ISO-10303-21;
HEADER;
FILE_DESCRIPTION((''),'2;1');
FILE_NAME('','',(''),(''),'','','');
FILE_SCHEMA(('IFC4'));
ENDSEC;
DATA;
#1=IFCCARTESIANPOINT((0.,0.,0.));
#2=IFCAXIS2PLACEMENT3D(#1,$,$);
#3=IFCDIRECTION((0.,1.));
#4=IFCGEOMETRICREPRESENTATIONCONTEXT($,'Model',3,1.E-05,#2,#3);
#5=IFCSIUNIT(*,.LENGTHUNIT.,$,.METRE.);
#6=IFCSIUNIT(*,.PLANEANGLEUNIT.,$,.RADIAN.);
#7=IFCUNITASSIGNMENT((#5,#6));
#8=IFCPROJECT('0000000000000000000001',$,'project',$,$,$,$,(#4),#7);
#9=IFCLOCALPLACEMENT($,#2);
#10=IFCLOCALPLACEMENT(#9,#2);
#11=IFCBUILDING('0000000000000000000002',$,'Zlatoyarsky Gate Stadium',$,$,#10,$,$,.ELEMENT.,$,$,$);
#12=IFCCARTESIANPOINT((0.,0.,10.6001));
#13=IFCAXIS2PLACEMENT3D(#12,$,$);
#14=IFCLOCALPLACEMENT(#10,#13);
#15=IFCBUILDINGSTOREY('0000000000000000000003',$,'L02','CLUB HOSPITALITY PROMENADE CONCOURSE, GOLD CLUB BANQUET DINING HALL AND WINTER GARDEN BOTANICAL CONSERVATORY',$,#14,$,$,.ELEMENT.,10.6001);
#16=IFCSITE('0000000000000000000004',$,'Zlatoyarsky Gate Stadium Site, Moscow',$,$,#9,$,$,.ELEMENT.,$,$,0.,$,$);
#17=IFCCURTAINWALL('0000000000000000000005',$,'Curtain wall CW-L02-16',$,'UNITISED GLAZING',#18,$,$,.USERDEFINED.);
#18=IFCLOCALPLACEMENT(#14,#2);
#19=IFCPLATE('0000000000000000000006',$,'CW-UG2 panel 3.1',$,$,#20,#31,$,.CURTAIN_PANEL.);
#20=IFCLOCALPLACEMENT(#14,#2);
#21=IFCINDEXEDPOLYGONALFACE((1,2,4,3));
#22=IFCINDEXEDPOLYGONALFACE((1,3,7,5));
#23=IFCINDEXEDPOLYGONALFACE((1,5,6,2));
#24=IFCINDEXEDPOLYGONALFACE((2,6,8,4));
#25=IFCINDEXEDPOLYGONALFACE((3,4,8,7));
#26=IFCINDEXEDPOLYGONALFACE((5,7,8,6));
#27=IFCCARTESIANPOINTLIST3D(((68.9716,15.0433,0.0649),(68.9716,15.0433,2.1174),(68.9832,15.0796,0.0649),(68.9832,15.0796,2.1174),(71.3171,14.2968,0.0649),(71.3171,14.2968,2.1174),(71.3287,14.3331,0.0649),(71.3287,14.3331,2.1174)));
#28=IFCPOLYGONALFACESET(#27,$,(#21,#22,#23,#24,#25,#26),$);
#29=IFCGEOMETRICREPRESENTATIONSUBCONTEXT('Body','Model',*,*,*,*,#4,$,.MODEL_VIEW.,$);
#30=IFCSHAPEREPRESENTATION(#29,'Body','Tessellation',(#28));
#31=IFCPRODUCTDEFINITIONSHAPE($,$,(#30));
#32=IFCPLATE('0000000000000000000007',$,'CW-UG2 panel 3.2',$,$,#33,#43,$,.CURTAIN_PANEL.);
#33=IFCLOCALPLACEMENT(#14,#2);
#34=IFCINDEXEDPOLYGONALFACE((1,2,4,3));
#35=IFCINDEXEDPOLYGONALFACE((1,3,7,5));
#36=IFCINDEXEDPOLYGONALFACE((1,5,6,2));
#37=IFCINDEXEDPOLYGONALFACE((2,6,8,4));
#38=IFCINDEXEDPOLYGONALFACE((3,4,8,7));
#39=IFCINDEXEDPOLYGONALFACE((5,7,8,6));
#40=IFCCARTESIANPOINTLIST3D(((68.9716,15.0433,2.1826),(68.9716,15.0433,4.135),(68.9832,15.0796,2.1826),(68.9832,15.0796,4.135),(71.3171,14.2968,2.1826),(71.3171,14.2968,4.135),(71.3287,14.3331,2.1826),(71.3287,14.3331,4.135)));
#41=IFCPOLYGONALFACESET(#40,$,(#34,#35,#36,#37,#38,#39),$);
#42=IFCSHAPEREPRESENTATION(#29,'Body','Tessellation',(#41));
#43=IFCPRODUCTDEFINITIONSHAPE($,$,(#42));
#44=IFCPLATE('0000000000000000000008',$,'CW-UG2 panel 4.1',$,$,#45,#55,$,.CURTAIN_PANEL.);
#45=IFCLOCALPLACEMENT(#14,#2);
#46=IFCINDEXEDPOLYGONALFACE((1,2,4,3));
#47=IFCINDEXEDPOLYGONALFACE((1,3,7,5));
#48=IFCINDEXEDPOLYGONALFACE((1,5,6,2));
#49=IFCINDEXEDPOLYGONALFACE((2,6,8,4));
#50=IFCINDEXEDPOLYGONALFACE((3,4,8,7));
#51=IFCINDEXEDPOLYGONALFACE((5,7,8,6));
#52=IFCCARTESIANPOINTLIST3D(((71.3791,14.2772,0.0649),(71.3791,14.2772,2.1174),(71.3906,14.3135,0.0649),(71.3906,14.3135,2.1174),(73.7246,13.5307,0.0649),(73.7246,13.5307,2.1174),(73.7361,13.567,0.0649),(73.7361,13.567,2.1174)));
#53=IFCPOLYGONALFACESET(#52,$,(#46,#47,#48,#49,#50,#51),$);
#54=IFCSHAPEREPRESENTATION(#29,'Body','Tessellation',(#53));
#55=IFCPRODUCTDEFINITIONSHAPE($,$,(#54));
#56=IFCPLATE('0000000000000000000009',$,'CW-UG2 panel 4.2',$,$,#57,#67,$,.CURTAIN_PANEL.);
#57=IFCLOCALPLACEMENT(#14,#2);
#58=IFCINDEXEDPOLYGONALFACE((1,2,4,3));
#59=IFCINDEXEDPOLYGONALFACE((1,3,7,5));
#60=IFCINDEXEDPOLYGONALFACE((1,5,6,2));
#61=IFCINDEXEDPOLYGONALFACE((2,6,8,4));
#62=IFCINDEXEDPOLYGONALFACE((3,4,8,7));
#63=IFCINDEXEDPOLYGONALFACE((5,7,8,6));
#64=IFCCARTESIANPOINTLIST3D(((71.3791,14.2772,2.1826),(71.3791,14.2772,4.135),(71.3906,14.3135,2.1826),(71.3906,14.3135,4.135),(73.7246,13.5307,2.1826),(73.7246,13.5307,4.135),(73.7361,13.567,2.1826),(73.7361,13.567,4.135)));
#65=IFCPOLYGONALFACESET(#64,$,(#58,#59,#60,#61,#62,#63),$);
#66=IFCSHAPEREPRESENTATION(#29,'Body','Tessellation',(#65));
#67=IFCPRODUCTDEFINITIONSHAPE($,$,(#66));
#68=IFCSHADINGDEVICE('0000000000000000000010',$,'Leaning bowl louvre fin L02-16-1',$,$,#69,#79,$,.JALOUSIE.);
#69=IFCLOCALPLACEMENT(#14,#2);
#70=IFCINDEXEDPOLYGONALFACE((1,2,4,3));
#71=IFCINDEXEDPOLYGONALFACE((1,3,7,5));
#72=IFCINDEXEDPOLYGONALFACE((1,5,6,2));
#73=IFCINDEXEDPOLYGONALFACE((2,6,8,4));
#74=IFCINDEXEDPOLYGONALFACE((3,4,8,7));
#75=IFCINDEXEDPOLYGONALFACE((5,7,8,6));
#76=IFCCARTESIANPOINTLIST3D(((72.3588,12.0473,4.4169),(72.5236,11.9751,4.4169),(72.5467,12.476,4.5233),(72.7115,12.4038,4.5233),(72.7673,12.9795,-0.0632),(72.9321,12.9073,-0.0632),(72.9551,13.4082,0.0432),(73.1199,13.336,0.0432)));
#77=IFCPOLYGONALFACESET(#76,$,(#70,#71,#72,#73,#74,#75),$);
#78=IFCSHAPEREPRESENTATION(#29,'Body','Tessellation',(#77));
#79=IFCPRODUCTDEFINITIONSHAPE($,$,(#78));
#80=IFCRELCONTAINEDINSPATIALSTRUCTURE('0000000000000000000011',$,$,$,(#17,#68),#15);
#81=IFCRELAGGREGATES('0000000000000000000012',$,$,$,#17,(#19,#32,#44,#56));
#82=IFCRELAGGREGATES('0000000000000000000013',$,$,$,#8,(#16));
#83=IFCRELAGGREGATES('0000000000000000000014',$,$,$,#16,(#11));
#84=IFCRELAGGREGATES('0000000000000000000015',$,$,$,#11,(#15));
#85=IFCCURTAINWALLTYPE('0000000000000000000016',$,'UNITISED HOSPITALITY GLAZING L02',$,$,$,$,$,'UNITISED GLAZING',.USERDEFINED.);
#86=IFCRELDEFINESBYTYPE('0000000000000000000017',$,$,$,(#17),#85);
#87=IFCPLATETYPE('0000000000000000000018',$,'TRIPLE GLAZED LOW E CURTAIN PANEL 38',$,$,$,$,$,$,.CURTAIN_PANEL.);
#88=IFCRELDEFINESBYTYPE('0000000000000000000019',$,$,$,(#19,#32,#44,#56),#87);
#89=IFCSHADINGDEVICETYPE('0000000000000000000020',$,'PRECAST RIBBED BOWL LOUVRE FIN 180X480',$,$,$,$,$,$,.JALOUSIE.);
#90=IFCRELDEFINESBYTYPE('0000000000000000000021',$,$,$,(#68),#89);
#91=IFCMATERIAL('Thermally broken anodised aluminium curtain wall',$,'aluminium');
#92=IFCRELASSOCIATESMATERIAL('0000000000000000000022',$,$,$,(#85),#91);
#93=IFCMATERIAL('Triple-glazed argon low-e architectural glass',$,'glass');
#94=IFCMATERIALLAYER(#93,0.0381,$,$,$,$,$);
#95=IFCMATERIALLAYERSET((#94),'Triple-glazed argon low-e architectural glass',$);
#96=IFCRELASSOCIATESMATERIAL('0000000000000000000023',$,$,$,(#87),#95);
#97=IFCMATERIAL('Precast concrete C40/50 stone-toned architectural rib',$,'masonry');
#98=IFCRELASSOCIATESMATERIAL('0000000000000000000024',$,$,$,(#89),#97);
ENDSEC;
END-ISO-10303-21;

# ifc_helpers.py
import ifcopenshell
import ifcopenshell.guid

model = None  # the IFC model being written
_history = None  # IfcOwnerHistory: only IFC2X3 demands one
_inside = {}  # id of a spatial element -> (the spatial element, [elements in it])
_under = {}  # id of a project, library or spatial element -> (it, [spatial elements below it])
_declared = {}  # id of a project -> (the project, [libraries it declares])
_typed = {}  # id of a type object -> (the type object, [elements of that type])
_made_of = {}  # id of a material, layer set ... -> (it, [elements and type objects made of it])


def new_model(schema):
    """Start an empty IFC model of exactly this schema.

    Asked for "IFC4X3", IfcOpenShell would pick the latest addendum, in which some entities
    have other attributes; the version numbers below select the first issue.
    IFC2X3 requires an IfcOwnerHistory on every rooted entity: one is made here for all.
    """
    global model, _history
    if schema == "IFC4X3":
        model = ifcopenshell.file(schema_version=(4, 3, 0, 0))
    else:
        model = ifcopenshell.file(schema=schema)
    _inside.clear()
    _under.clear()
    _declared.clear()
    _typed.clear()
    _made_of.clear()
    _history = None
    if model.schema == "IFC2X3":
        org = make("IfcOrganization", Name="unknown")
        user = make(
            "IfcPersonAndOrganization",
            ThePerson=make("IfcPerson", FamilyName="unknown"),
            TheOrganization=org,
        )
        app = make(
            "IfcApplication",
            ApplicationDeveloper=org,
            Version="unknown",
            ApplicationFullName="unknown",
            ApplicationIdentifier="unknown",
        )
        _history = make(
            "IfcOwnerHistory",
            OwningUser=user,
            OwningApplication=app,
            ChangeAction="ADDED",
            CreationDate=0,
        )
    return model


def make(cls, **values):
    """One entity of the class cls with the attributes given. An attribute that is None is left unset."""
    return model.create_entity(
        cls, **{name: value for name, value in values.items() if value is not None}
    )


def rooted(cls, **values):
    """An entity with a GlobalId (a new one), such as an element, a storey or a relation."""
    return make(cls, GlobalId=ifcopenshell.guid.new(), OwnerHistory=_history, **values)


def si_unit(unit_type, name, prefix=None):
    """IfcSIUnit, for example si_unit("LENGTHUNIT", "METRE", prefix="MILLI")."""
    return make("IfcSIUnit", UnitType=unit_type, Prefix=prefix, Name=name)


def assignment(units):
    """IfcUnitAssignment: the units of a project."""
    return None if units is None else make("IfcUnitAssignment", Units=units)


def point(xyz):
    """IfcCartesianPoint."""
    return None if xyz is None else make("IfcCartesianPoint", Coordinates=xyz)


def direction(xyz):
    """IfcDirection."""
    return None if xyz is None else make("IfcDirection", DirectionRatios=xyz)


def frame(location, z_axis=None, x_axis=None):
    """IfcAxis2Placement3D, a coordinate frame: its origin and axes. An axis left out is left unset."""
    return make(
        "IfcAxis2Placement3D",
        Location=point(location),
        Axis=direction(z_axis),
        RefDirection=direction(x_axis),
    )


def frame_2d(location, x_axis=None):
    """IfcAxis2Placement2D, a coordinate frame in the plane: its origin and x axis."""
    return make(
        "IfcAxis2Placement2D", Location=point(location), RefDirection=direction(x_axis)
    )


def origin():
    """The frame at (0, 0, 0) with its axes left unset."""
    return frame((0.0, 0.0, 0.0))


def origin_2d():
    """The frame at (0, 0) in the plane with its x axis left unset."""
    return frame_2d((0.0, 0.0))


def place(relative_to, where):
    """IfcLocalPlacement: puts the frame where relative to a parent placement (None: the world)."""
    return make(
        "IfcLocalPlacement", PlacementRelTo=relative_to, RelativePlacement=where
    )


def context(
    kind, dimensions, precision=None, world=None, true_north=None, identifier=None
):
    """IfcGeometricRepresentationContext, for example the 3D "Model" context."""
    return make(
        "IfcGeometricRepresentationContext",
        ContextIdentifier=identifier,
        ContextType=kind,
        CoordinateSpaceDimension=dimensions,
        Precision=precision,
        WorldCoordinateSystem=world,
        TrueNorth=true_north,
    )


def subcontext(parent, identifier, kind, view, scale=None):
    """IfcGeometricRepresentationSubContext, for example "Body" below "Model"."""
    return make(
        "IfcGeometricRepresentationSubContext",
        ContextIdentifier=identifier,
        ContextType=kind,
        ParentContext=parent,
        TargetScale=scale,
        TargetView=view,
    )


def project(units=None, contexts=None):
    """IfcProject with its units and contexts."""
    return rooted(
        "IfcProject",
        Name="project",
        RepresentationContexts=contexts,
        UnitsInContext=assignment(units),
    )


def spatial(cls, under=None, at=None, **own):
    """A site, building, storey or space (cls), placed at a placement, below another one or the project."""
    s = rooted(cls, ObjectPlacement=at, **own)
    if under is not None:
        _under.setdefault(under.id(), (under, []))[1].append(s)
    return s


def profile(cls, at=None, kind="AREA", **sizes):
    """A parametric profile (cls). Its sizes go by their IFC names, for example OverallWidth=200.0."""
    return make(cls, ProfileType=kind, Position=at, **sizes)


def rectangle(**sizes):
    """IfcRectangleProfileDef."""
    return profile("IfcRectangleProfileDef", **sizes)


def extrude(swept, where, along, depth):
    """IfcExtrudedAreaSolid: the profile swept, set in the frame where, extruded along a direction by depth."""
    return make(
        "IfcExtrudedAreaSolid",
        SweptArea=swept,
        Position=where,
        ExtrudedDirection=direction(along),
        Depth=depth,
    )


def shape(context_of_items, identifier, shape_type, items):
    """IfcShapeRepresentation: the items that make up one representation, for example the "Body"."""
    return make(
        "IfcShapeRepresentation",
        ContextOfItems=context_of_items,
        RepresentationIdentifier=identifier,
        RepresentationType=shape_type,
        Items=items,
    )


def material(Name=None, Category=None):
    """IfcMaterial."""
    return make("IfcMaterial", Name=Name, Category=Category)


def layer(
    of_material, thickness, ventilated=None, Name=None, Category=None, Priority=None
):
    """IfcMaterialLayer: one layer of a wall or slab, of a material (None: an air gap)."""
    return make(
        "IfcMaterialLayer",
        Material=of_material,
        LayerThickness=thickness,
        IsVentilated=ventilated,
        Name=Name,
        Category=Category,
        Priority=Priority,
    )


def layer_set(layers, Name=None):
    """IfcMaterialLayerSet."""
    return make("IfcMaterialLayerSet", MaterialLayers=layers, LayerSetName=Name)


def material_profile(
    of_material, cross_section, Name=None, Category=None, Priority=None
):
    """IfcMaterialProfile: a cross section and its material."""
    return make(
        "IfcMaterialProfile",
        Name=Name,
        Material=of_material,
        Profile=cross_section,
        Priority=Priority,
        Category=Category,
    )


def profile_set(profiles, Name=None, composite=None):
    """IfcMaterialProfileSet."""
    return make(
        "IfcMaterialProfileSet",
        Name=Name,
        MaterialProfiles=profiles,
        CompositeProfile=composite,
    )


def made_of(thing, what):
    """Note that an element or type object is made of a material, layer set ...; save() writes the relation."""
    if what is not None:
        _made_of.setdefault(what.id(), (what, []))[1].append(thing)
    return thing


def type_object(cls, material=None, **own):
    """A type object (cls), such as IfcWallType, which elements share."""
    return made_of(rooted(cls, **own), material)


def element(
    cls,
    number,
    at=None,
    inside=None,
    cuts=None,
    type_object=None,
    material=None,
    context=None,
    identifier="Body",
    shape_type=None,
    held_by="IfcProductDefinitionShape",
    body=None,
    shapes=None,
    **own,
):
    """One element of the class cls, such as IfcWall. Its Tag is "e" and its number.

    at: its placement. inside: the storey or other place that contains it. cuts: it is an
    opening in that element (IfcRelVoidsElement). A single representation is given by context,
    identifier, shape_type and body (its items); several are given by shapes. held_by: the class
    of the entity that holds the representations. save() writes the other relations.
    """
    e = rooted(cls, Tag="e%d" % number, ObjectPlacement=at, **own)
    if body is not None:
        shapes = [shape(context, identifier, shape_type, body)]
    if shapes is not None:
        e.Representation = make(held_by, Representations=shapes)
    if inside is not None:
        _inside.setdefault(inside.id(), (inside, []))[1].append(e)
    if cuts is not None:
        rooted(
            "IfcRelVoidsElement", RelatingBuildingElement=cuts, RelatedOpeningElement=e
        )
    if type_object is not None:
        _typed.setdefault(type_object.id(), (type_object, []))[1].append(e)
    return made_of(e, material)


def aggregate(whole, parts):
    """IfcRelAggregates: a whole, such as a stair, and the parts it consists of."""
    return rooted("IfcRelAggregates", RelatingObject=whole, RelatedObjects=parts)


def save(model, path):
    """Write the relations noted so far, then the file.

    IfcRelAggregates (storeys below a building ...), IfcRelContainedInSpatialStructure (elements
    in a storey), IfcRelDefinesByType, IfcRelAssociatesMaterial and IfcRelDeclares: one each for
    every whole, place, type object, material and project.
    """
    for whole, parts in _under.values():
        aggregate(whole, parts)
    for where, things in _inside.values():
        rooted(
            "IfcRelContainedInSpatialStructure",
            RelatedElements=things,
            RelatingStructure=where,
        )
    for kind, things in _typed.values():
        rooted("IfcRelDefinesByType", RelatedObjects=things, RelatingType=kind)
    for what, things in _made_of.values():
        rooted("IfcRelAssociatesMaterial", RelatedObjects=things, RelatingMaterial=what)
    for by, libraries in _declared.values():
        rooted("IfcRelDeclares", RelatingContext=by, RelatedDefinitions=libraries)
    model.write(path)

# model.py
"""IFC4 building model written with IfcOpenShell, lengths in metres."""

from ifc_helpers import new_model, si_unit, direction, frame, origin, origin_2d, place, context, subcontext, project, spatial, rectangle, extrude, material, layer, layer_set, material_profile, profile_set, type_object, element, aggregate, save


model = new_model("IFC4")

# Units and contexts
model_context = context("Model", 3, precision=1e-05, world=origin(), true_north=direction((0.0, 1.0)))
body_context = subcontext(model_context, "Body", "Model", "MODEL_VIEW")
ifc_project = project(units=[si_unit("LENGTHUNIT", "METRE"), si_unit("PLANEANGLEUNIT", "RADIAN")], contexts=[model_context])

# Site, building, storey
site_placement = place(None, origin())
site = spatial("IfcSite", under=ifc_project, at=site_placement, Name="Zlatoyarsky Gate Stadium Site, Moscow", CompositionType="ELEMENT", RefElevation=0.0)
building_placement = place(site_placement, origin())
building = spatial("IfcBuilding", under=site, at=building_placement, Name="Zlatoyarsky Gate Stadium", CompositionType="ELEMENT")
storey_placement = place(building_placement, frame((0.0, 0.0, 10.6001)))
storey = spatial("IfcBuildingStorey", under=building, at=storey_placement, Name="L02", Description="CLUB HOSPITALITY PROMENADE CONCOURSE, GOLD CLUB BANQUET DINING HALL AND WINTER GARDEN BOTANICAL CONSERVATORY", CompositionType="ELEMENT", Elevation=10.6001)

# Curtain wall
ifc_material_1 = material(Name="Thermally broken anodised aluminium curtain wall", Category="aluminium")
curtain_wall_type = type_object("IfcCurtainWallType", Name="UNITISED HOSPITALITY GLAZING L02", ElementType="UNITISED GLAZING", PredefinedType="USERDEFINED", material=ifc_material_1)
curtain_wall_placement = place(storey_placement, origin())
curtain_wall = element("IfcCurtainWall", 1, at=curtain_wall_placement, inside=storey, type_object=curtain_wall_type, Name="Curtain wall CW-L02-16", ObjectType="UNITISED GLAZING", PredefinedType="USERDEFINED")

# Plates
ifc_material_2 = material(Name="Triple-glazed argon low-e architectural glass", Category="glass")
ifc_layer_1 = layer(ifc_material_2, 0.0381)
ifc_layer_set_1 = layer_set([ifc_layer_1], Name="Triple-glazed argon low-e architectural glass")
plate_type_1 = type_object("IfcPlateType", Name="TRIPLE GLAZED LOW E CURTAIN PANEL 38", PredefinedType="CURTAIN_PANEL", material=ifc_layer_set_1)
plate_1_placement = place(storey_placement, frame((70.1501, 14.6882, 0.0649), z_axis=(0.0, 0.0, 1.0), x_axis=(0.952902, -0.303278, 0.0)))
plate_1 = element("IfcPlate", 2, at=plate_1_placement, type_object=plate_type_1, Name="CW-UG2 panel 3.1", PredefinedType="CURTAIN_PANEL", context=body_context, shape_type="SweptSolid", body=[
    extrude(rectangle(XDim=2.4614, YDim=0.0381, at=origin_2d()), origin(), (0.0, 0.0, 1.0), 2.0525),
])
plate_2_placement = place(storey_placement, frame((70.1501, 14.6882, 2.1826), z_axis=(0.0, 0.0, 1.0), x_axis=(0.952902, -0.303278, 0.0)))
plate_2 = element("IfcPlate", 3, at=plate_2_placement, type_object=plate_type_1, Name="CW-UG2 panel 3.2", PredefinedType="CURTAIN_PANEL", context=body_context, shape_type="SweptSolid", body=[
    extrude(rectangle(XDim=2.4614, YDim=0.0381, at=origin_2d()), origin(), (0.0, 0.0, 1.0), 1.9524),
])
plate_3_placement = place(storey_placement, frame((72.5576, 13.9221, 0.0649), z_axis=(0.0, 0.0, 1.0), x_axis=(0.952902, -0.303278, 0.0)))
plate_3 = element("IfcPlate", 4, at=plate_3_placement, type_object=plate_type_1, Name="CW-UG2 panel 4.1", PredefinedType="CURTAIN_PANEL", context=body_context, shape_type="SweptSolid", body=[
    extrude(rectangle(XDim=2.4614, YDim=0.0381, at=origin_2d()), origin(), (0.0, 0.0, 1.0), 2.0525),
])
plate_4_placement = place(storey_placement, frame((72.5576, 13.9221, 2.1826), z_axis=(0.0, 0.0, 1.0), x_axis=(0.952902, -0.303278, 0.0)))
plate_4 = element("IfcPlate", 5, at=plate_4_placement, type_object=plate_type_1, Name="CW-UG2 panel 4.2", PredefinedType="CURTAIN_PANEL", context=body_context, shape_type="SweptSolid", body=[
    extrude(rectangle(XDim=2.4614, YDim=0.0381, at=origin_2d()), origin(), (0.0, 0.0, 1.0), 1.9524),
])
aggregate(curtain_wall, [plate_1, plate_2, plate_3, plate_4])

# Shading device
ifc_material_3 = material(Name="Precast concrete C40/50 stone-toned architectural rib", Category="masonry")
ifc_material_profile_1 = material_profile(ifc_material_3, rectangle(XDim=0.1799, YDim=0.48, at=origin_2d()), Name="RIB 180X480")
ifc_profile_set_1 = profile_set([ifc_material_profile_1], Name="Precast concrete C40/50 stone-toned architectural rib")
shading_device_type = type_object("IfcShadingDeviceType", Name="PRECAST RIBBED BOWL LOUVRE FIN 180X480", PredefinedType="JALOUSIE", material=ifc_profile_set_1)
shading_device_placement = place(storey_placement, frame((72.9436, 13.1577, -0.01), z_axis=(-0.088907, -0.202896, 0.975156), x_axis=(0.915926, -0.401347, 0.0)))
element("IfcShadingDevice", 6, at=shading_device_placement, inside=storey, type_object=shading_device_type, Name="Leaning bowl louvre fin L02-16-1", PredefinedType="JALOUSIE", context=body_context, shape_type="SweptSolid", body=[
    extrude(rectangle(XDim=0.1799, YDim=0.48, at=origin_2d()), origin(), (0.0, 0.0, 1.0), 4.5942),
])

save(model, "model.ifc")
